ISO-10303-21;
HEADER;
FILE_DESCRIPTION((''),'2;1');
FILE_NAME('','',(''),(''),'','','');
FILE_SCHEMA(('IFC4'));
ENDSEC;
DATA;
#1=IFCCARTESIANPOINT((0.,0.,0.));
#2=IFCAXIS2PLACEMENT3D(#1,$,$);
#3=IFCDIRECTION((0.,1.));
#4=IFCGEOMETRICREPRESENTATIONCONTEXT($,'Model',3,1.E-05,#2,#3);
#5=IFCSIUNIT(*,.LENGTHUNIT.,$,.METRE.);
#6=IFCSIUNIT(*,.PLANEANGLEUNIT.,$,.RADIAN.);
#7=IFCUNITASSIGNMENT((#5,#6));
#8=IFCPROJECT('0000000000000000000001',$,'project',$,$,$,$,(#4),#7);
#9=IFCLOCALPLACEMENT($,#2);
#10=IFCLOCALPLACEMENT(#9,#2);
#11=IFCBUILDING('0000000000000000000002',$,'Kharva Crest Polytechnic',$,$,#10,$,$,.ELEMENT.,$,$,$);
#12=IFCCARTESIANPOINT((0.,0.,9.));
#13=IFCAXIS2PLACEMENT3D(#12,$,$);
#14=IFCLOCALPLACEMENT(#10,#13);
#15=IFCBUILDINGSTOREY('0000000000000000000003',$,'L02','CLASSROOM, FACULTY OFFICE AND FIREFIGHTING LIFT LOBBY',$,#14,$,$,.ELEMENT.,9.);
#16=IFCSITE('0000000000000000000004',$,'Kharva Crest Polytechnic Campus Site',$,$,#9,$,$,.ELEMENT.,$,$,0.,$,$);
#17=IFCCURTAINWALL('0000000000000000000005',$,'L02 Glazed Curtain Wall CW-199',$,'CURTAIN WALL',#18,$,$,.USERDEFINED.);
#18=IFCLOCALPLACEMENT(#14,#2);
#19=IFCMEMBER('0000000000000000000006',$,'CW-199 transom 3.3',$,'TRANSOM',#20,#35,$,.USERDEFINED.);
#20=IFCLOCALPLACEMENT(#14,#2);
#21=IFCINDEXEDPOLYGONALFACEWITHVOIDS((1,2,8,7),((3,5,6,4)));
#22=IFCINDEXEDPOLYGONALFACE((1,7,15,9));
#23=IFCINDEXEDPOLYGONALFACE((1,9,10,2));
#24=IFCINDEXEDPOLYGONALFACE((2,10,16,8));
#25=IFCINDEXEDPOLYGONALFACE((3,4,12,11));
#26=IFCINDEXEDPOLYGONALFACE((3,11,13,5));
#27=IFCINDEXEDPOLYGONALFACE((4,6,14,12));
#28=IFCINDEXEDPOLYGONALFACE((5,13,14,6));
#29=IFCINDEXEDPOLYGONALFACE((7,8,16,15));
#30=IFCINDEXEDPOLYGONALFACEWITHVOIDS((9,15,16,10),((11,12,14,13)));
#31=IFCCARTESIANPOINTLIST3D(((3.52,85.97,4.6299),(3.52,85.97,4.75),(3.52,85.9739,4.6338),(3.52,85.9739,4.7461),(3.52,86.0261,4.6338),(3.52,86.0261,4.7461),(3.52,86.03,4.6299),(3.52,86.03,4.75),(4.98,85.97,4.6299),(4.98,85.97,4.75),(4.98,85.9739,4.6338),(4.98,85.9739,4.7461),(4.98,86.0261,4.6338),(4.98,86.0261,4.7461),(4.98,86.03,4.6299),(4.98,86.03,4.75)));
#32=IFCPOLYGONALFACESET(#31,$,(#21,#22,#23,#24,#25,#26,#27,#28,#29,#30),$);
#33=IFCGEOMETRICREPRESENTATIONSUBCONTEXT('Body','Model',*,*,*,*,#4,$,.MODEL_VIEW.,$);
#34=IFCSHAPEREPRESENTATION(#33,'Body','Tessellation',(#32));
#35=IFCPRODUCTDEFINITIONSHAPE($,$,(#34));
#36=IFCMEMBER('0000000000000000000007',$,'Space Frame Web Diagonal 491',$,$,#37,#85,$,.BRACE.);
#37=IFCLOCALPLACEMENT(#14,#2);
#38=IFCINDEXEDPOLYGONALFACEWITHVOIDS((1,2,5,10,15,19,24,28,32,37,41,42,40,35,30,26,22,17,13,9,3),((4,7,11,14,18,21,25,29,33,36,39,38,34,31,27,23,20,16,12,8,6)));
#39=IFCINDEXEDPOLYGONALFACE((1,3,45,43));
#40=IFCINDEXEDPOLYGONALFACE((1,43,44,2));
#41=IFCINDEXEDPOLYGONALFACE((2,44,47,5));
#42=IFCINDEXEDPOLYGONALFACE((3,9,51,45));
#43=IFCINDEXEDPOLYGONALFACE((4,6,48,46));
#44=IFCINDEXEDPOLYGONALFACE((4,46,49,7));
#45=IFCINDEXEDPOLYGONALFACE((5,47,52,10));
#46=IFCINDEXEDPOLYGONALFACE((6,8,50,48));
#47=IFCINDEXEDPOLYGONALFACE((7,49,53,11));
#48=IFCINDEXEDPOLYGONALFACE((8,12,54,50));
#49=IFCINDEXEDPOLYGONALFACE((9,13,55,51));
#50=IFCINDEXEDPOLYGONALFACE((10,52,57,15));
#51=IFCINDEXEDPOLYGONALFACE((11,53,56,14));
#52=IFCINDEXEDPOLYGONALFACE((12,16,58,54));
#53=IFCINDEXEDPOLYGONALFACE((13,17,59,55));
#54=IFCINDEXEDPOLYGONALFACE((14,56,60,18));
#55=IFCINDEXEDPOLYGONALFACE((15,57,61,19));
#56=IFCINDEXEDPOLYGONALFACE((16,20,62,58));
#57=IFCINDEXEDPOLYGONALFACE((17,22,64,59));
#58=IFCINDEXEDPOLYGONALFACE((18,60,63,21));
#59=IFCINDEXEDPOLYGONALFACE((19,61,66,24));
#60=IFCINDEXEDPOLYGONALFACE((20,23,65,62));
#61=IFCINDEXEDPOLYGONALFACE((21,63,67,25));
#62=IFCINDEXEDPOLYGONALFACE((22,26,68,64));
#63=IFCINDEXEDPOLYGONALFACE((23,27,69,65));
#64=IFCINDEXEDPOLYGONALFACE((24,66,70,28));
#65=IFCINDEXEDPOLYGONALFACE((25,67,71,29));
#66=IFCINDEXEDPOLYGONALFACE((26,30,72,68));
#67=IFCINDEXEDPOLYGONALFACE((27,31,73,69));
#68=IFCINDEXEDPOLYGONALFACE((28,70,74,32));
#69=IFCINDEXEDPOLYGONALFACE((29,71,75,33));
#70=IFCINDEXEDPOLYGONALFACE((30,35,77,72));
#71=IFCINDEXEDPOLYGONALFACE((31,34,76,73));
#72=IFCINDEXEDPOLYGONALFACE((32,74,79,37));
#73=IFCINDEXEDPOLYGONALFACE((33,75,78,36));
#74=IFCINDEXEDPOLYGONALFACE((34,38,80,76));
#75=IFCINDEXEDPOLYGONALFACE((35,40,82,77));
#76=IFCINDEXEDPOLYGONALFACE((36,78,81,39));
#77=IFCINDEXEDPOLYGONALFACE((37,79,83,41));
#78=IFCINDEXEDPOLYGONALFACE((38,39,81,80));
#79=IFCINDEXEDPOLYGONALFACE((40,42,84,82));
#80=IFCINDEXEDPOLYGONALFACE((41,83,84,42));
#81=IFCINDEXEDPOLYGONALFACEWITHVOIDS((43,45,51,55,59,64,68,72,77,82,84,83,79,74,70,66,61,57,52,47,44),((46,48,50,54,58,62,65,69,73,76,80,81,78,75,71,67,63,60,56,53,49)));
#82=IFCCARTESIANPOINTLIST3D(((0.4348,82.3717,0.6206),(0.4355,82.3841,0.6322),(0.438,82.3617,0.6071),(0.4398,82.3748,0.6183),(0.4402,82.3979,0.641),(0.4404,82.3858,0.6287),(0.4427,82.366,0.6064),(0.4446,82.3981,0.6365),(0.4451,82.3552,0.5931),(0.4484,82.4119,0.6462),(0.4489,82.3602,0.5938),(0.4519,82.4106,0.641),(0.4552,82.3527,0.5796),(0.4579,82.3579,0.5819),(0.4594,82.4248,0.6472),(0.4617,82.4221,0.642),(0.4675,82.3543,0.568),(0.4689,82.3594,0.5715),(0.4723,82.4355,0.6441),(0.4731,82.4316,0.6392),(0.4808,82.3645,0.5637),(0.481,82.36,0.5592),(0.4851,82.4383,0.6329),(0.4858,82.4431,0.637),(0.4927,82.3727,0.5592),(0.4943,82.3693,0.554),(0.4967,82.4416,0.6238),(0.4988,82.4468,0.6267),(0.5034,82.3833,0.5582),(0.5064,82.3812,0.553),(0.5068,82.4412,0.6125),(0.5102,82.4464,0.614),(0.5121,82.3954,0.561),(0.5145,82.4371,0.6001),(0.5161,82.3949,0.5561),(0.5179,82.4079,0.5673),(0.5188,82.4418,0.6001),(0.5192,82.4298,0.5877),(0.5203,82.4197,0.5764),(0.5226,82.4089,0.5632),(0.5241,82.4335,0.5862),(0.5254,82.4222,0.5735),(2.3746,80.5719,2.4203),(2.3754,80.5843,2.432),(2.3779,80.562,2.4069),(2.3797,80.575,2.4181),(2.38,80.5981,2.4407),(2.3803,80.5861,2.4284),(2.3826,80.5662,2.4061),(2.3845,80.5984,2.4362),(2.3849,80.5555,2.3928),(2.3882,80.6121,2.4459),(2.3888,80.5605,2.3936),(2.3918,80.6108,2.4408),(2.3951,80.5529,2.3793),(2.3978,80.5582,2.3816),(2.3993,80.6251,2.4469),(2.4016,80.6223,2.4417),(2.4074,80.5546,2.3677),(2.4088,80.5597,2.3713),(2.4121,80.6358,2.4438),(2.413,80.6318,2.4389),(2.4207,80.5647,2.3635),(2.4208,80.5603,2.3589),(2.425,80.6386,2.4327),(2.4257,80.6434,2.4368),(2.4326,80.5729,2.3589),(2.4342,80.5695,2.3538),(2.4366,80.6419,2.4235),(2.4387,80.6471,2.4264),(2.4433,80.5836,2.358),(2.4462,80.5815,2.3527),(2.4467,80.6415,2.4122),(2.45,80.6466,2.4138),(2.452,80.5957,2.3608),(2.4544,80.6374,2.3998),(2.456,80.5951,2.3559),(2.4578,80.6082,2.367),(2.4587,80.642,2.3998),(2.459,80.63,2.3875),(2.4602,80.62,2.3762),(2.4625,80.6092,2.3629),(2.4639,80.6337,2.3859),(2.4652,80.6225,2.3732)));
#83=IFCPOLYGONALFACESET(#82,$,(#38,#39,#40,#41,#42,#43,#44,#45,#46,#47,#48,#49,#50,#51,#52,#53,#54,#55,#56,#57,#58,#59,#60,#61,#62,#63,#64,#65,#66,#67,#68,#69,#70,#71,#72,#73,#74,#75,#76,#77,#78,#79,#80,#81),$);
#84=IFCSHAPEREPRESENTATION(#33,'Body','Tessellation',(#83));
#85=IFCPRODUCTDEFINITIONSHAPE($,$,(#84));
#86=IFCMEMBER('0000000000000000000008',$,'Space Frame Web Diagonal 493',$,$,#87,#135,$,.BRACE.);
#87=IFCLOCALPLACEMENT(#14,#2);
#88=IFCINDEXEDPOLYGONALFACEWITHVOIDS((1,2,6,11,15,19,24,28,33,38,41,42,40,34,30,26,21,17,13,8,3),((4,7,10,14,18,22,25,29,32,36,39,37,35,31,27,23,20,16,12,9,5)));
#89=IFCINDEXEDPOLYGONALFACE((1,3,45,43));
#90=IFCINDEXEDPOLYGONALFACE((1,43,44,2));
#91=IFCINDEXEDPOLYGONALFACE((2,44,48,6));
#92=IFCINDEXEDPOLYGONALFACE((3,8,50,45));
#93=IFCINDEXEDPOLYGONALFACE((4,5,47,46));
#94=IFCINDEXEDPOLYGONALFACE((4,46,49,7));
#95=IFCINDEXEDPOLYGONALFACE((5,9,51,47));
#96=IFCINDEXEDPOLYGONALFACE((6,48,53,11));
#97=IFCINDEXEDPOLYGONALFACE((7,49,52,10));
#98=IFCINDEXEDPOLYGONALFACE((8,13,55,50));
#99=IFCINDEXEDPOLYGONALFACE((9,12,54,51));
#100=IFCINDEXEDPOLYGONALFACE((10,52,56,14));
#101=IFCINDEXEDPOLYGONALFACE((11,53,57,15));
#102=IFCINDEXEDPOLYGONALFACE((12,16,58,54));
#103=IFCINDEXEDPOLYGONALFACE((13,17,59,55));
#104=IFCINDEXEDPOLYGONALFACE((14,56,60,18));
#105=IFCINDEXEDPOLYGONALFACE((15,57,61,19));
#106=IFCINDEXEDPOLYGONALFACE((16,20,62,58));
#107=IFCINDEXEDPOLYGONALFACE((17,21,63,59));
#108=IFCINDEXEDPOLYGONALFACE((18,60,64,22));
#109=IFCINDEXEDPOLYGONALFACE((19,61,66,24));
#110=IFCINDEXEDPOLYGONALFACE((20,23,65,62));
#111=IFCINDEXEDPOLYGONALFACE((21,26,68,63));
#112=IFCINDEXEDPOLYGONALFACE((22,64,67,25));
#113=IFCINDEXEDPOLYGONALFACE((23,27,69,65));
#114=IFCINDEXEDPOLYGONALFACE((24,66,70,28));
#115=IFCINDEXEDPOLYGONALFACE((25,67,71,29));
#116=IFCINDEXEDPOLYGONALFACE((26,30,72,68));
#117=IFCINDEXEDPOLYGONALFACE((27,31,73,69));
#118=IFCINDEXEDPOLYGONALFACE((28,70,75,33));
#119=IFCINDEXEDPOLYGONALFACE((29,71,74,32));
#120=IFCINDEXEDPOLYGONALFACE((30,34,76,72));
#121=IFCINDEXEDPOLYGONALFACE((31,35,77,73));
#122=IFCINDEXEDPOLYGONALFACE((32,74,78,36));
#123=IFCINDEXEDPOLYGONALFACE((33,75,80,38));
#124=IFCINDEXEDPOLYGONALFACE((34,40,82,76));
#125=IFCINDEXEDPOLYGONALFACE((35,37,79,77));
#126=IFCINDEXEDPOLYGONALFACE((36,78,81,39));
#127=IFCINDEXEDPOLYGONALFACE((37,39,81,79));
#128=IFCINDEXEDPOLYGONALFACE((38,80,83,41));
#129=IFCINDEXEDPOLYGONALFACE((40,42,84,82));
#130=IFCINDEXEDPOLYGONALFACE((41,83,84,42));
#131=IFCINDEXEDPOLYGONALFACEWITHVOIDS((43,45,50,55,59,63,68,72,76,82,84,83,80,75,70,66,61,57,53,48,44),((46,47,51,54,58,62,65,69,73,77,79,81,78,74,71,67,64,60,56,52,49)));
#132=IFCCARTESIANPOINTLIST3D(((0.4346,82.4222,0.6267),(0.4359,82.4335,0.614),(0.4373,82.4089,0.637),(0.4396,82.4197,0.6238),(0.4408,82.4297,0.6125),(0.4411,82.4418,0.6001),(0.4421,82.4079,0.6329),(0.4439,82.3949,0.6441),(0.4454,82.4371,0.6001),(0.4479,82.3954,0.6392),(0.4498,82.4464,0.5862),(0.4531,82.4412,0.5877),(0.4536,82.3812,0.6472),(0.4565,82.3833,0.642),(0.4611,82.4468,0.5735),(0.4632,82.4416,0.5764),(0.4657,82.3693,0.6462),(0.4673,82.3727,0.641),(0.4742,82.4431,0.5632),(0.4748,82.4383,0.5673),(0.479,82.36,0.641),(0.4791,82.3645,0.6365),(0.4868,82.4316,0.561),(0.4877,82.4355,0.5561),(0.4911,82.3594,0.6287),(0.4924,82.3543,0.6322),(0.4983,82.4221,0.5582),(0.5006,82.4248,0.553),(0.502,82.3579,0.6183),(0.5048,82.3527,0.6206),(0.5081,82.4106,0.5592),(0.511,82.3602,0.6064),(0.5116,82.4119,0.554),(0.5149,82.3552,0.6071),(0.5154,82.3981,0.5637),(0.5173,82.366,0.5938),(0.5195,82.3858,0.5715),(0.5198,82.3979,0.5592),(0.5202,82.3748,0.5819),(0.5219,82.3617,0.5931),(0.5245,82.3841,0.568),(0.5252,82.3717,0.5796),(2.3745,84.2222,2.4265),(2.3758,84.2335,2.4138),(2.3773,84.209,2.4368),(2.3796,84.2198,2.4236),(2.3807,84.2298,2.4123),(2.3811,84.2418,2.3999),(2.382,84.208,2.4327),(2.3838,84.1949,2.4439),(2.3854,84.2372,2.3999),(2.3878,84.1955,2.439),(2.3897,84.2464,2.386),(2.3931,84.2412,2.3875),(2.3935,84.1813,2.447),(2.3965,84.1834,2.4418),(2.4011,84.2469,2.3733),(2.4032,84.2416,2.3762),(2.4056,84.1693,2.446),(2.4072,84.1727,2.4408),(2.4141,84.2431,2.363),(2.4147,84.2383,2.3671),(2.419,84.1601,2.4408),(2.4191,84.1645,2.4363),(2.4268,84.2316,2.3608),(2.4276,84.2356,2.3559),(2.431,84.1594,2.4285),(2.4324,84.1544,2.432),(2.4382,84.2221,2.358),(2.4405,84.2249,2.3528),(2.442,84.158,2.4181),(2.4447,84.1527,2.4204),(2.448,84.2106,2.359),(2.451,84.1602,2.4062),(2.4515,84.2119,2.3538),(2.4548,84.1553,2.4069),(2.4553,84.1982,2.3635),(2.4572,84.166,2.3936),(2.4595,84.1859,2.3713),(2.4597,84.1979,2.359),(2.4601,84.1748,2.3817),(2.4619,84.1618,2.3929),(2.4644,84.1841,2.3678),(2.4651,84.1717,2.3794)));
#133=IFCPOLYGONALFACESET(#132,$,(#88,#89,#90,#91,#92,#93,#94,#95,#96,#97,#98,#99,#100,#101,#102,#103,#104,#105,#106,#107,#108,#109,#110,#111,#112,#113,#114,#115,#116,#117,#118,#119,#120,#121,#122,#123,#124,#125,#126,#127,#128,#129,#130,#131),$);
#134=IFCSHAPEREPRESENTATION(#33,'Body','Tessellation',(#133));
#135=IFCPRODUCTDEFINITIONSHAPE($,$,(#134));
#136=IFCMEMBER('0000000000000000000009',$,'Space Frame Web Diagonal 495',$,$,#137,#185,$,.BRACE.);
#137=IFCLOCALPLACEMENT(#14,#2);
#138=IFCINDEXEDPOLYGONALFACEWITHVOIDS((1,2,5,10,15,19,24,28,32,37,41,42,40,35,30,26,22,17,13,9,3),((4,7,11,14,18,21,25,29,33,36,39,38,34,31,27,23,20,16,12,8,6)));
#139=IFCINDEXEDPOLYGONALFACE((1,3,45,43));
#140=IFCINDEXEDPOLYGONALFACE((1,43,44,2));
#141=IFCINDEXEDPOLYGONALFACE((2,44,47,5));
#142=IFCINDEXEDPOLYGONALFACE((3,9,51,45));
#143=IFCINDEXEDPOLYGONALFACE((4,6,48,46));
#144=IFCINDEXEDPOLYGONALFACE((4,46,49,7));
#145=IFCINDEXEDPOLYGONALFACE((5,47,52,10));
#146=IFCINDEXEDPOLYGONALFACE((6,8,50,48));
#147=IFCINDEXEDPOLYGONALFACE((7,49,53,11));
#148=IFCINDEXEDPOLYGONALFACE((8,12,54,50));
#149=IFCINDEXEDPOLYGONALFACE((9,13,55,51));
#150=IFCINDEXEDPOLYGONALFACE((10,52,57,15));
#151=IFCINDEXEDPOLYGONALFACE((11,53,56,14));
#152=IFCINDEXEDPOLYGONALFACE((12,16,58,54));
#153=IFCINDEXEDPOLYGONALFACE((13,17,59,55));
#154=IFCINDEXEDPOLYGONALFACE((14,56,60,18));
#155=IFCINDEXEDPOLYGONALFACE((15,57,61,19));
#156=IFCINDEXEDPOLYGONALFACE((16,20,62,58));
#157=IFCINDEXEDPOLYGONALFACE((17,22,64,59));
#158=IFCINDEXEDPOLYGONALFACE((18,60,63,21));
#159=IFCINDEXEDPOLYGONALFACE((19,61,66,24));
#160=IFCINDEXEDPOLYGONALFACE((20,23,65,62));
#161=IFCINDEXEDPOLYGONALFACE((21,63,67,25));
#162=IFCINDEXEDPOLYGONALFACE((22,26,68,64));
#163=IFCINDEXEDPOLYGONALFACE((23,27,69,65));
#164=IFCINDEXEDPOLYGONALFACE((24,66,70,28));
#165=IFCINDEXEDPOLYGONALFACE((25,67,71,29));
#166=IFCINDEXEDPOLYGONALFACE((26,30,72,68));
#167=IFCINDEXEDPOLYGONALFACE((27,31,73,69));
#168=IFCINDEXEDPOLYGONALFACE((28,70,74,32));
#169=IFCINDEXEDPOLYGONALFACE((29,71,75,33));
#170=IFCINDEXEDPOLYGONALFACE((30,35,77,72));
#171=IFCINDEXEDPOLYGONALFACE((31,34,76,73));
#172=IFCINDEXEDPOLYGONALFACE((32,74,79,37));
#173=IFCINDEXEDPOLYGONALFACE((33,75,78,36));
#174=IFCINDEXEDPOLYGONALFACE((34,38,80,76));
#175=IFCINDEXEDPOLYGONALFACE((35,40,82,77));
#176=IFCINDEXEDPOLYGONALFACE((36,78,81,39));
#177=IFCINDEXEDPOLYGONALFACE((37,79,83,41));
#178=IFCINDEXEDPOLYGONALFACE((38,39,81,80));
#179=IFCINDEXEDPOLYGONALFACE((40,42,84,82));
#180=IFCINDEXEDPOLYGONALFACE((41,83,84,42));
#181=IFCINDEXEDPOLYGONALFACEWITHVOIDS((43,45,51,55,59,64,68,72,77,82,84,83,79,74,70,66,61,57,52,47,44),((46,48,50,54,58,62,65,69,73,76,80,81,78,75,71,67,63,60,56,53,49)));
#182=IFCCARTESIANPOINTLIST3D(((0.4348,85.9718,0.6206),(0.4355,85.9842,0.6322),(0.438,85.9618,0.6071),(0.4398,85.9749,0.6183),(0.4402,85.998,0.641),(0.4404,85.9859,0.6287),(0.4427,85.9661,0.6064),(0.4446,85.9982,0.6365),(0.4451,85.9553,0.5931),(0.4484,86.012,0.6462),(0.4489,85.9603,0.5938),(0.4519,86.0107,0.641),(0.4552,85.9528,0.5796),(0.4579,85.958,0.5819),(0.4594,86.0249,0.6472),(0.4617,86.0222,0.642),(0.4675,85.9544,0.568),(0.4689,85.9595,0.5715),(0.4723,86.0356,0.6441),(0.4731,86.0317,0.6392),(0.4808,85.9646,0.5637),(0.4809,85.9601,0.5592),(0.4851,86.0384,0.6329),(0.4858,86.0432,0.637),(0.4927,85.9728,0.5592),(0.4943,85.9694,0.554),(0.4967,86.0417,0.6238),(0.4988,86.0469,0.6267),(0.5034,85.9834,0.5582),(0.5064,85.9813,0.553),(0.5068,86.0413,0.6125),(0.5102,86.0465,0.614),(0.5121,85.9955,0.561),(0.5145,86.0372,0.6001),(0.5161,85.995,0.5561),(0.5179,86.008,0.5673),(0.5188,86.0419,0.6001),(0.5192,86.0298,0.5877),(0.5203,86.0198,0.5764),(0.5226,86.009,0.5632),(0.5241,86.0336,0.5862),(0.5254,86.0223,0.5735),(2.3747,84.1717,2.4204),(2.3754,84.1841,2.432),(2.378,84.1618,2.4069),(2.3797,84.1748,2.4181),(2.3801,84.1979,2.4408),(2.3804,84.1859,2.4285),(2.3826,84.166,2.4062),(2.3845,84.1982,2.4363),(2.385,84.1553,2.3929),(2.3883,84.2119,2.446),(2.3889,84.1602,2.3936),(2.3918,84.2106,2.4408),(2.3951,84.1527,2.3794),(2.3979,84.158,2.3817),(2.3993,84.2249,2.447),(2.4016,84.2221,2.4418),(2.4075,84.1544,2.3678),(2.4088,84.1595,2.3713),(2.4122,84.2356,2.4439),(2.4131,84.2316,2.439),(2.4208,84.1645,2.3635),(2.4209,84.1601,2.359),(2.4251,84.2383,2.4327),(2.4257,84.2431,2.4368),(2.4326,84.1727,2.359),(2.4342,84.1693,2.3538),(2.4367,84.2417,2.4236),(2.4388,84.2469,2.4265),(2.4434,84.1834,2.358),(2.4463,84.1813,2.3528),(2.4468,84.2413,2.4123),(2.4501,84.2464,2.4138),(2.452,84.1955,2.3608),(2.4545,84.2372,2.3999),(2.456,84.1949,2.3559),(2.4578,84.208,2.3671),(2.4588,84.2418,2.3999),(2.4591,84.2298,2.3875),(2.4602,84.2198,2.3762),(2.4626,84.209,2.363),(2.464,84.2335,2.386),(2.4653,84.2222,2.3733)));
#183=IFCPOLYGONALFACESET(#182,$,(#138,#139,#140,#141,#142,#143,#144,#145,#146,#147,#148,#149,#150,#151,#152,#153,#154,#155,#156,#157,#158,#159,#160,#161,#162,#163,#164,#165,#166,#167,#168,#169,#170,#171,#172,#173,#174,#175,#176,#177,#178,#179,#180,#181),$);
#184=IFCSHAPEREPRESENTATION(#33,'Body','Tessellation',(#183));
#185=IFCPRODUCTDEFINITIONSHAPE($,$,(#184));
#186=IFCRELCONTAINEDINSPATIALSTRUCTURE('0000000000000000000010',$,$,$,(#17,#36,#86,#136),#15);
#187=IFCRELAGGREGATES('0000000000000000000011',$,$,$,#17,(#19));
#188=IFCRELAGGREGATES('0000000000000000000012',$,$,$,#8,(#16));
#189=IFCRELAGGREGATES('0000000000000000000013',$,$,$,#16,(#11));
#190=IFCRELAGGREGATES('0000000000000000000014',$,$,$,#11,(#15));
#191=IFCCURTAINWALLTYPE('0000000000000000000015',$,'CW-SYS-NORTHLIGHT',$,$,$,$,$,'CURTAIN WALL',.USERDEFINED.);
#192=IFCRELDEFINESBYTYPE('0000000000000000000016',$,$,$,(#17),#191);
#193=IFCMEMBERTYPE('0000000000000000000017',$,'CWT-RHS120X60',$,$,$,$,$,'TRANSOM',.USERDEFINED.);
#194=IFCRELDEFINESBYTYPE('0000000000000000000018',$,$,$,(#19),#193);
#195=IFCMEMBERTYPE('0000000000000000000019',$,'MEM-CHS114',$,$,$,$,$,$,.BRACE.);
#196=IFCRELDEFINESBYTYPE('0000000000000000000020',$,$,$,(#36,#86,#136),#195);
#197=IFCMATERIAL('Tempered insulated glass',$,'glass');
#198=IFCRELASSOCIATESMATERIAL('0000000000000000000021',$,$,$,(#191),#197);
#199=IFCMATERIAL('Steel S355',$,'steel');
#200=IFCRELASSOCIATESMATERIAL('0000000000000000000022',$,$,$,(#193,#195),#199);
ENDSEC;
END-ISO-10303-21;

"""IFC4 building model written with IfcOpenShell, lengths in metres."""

from ifc_helpers import new_model, si_unit, direction, frame, origin, origin_2d, place, context, subcontext, project, spatial, hollow_rectangle, hollow_circle, extrude, material, material_profile, profile_set, type_object, element, aggregate, save


model = new_model("IFC4")

# Units and contexts
model_context = context("Model", 3, precision=1e-05, world=origin(), true_north=direction((0.0, 1.0)))
body_context = subcontext(model_context, "Body", "Model", "MODEL_VIEW")
ifc_project = project(units=[si_unit("LENGTHUNIT", "METRE"), si_unit("PLANEANGLEUNIT", "RADIAN")], contexts=[model_context])

# Site, building, storey
site_placement = place(None, origin())
site = spatial("IfcSite", under=ifc_project, at=site_placement, Name="Kharva Crest Polytechnic Campus Site", CompositionType="ELEMENT", RefElevation=0.0)
building_placement = place(site_placement, origin())
building = spatial("IfcBuilding", under=site, at=building_placement, Name="Kharva Crest Polytechnic", CompositionType="ELEMENT")
storey_placement = place(building_placement, frame((0.0, 0.0, 9.0)))
storey = spatial("IfcBuildingStorey", under=building, at=storey_placement, Name="L02", Description="CLASSROOM, FACULTY OFFICE AND FIREFIGHTING LIFT LOBBY", CompositionType="ELEMENT", Elevation=9.0)

# Curtain wall, member
ifc_material_1 = material(Name="Tempered insulated glass", Category="glass")
curtain_wall_type = type_object("IfcCurtainWallType", Name="CW-SYS-NORTHLIGHT", ElementType="CURTAIN WALL", PredefinedType="USERDEFINED", material=ifc_material_1)
curtain_wall_placement = place(storey_placement, origin())
curtain_wall = element("IfcCurtainWall", 1, at=curtain_wall_placement, inside=storey, type_object=curtain_wall_type, Name="L02 Glazed Curtain Wall CW-199", ObjectType="CURTAIN WALL", PredefinedType="USERDEFINED")
ifc_material_2 = material(Name="Steel S355", Category="steel")
ifc_material_profile_1 = material_profile(ifc_material_2, hollow_rectangle(XDim=0.0601, YDim=0.1201, WallThickness=0.0039, at=origin_2d()), Name="RHS 120X60X4.0")
ifc_profile_set_1 = profile_set([ifc_material_profile_1], Name="Steel S355")
member_type_1 = type_object("IfcMemberType", Name="CWT-RHS120X60", ElementType="TRANSOM", PredefinedType="USERDEFINED", material=ifc_profile_set_1)
member_1_placement = place(storey_placement, frame((3.52, 86.0, 4.6899), z_axis=(1.0, 0.0, 0.0), x_axis=(0.0, 1.0, 0.0)))
member_1 = element("IfcMember", 2, at=member_1_placement, type_object=member_type_1, Name="CW-199 transom 3.3", ObjectType="TRANSOM", PredefinedType="USERDEFINED", context=body_context, shape_type="SweptSolid", body=[
    extrude(hollow_rectangle(XDim=0.0601, YDim=0.1201, WallThickness=0.0039, at=origin_2d()), origin(), (0.0, 0.0, 1.0), 1.46),
])

# Members
ifc_material_profile_2 = material_profile(ifc_material_2, hollow_circle(Radius=0.0571, WallThickness=0.0063, at=origin_2d()), Name="CHS 114.3X6.3")
ifc_profile_set_2 = profile_set([ifc_material_profile_2], Name="Steel S355")
member_type_2 = type_object("IfcMemberType", Name="MEM-CHS114", PredefinedType="BRACE", material=ifc_profile_set_2)
member_2_placement = place(storey_placement, frame((0.48, 82.3999, 0.6001), z_axis=(0.606173, -0.562385, 0.562385), x_axis=(0.680133, 0.733089, 0.0)))
element("IfcMember", 3, at=member_2_placement, inside=storey, type_object=member_type_2, Name="Space Frame Web Diagonal 491", PredefinedType="BRACE", context=body_context, shape_type="SweptSolid", body=[
    extrude(hollow_circle(Radius=0.0571, WallThickness=0.0063, at=origin_2d()), origin(), (0.0, 0.0, 1.0), 3.2002),
])
for number, where, z_axis, x_axis, name in (
    (4, (0.48, 82.3999, 0.6001), (0.606147, 0.562437, 0.562361), (-0.680182, 0.733043, 0.0), "Space Frame Web Diagonal 493"),
    (5, (0.48, 86.0, 0.6001), (0.606147, -0.562437, 0.562361), (0.680182, 0.733043, 0.0), "Space Frame Web Diagonal 495"),
):
    element("IfcMember", number, at=place(storey_placement, frame(where, z_axis=z_axis, x_axis=x_axis)), inside=storey, type_object=member_type_2, Name=name, PredefinedType="BRACE", context=body_context, shape_type="SweptSolid", body=[
        extrude(hollow_circle(Radius=0.0571, WallThickness=0.0063, at=origin_2d()), origin(), (0.0, 0.0, 1.0), 3.2004),
    ])

aggregate(curtain_wall, [member_1])

save(model, "model.ifc")
